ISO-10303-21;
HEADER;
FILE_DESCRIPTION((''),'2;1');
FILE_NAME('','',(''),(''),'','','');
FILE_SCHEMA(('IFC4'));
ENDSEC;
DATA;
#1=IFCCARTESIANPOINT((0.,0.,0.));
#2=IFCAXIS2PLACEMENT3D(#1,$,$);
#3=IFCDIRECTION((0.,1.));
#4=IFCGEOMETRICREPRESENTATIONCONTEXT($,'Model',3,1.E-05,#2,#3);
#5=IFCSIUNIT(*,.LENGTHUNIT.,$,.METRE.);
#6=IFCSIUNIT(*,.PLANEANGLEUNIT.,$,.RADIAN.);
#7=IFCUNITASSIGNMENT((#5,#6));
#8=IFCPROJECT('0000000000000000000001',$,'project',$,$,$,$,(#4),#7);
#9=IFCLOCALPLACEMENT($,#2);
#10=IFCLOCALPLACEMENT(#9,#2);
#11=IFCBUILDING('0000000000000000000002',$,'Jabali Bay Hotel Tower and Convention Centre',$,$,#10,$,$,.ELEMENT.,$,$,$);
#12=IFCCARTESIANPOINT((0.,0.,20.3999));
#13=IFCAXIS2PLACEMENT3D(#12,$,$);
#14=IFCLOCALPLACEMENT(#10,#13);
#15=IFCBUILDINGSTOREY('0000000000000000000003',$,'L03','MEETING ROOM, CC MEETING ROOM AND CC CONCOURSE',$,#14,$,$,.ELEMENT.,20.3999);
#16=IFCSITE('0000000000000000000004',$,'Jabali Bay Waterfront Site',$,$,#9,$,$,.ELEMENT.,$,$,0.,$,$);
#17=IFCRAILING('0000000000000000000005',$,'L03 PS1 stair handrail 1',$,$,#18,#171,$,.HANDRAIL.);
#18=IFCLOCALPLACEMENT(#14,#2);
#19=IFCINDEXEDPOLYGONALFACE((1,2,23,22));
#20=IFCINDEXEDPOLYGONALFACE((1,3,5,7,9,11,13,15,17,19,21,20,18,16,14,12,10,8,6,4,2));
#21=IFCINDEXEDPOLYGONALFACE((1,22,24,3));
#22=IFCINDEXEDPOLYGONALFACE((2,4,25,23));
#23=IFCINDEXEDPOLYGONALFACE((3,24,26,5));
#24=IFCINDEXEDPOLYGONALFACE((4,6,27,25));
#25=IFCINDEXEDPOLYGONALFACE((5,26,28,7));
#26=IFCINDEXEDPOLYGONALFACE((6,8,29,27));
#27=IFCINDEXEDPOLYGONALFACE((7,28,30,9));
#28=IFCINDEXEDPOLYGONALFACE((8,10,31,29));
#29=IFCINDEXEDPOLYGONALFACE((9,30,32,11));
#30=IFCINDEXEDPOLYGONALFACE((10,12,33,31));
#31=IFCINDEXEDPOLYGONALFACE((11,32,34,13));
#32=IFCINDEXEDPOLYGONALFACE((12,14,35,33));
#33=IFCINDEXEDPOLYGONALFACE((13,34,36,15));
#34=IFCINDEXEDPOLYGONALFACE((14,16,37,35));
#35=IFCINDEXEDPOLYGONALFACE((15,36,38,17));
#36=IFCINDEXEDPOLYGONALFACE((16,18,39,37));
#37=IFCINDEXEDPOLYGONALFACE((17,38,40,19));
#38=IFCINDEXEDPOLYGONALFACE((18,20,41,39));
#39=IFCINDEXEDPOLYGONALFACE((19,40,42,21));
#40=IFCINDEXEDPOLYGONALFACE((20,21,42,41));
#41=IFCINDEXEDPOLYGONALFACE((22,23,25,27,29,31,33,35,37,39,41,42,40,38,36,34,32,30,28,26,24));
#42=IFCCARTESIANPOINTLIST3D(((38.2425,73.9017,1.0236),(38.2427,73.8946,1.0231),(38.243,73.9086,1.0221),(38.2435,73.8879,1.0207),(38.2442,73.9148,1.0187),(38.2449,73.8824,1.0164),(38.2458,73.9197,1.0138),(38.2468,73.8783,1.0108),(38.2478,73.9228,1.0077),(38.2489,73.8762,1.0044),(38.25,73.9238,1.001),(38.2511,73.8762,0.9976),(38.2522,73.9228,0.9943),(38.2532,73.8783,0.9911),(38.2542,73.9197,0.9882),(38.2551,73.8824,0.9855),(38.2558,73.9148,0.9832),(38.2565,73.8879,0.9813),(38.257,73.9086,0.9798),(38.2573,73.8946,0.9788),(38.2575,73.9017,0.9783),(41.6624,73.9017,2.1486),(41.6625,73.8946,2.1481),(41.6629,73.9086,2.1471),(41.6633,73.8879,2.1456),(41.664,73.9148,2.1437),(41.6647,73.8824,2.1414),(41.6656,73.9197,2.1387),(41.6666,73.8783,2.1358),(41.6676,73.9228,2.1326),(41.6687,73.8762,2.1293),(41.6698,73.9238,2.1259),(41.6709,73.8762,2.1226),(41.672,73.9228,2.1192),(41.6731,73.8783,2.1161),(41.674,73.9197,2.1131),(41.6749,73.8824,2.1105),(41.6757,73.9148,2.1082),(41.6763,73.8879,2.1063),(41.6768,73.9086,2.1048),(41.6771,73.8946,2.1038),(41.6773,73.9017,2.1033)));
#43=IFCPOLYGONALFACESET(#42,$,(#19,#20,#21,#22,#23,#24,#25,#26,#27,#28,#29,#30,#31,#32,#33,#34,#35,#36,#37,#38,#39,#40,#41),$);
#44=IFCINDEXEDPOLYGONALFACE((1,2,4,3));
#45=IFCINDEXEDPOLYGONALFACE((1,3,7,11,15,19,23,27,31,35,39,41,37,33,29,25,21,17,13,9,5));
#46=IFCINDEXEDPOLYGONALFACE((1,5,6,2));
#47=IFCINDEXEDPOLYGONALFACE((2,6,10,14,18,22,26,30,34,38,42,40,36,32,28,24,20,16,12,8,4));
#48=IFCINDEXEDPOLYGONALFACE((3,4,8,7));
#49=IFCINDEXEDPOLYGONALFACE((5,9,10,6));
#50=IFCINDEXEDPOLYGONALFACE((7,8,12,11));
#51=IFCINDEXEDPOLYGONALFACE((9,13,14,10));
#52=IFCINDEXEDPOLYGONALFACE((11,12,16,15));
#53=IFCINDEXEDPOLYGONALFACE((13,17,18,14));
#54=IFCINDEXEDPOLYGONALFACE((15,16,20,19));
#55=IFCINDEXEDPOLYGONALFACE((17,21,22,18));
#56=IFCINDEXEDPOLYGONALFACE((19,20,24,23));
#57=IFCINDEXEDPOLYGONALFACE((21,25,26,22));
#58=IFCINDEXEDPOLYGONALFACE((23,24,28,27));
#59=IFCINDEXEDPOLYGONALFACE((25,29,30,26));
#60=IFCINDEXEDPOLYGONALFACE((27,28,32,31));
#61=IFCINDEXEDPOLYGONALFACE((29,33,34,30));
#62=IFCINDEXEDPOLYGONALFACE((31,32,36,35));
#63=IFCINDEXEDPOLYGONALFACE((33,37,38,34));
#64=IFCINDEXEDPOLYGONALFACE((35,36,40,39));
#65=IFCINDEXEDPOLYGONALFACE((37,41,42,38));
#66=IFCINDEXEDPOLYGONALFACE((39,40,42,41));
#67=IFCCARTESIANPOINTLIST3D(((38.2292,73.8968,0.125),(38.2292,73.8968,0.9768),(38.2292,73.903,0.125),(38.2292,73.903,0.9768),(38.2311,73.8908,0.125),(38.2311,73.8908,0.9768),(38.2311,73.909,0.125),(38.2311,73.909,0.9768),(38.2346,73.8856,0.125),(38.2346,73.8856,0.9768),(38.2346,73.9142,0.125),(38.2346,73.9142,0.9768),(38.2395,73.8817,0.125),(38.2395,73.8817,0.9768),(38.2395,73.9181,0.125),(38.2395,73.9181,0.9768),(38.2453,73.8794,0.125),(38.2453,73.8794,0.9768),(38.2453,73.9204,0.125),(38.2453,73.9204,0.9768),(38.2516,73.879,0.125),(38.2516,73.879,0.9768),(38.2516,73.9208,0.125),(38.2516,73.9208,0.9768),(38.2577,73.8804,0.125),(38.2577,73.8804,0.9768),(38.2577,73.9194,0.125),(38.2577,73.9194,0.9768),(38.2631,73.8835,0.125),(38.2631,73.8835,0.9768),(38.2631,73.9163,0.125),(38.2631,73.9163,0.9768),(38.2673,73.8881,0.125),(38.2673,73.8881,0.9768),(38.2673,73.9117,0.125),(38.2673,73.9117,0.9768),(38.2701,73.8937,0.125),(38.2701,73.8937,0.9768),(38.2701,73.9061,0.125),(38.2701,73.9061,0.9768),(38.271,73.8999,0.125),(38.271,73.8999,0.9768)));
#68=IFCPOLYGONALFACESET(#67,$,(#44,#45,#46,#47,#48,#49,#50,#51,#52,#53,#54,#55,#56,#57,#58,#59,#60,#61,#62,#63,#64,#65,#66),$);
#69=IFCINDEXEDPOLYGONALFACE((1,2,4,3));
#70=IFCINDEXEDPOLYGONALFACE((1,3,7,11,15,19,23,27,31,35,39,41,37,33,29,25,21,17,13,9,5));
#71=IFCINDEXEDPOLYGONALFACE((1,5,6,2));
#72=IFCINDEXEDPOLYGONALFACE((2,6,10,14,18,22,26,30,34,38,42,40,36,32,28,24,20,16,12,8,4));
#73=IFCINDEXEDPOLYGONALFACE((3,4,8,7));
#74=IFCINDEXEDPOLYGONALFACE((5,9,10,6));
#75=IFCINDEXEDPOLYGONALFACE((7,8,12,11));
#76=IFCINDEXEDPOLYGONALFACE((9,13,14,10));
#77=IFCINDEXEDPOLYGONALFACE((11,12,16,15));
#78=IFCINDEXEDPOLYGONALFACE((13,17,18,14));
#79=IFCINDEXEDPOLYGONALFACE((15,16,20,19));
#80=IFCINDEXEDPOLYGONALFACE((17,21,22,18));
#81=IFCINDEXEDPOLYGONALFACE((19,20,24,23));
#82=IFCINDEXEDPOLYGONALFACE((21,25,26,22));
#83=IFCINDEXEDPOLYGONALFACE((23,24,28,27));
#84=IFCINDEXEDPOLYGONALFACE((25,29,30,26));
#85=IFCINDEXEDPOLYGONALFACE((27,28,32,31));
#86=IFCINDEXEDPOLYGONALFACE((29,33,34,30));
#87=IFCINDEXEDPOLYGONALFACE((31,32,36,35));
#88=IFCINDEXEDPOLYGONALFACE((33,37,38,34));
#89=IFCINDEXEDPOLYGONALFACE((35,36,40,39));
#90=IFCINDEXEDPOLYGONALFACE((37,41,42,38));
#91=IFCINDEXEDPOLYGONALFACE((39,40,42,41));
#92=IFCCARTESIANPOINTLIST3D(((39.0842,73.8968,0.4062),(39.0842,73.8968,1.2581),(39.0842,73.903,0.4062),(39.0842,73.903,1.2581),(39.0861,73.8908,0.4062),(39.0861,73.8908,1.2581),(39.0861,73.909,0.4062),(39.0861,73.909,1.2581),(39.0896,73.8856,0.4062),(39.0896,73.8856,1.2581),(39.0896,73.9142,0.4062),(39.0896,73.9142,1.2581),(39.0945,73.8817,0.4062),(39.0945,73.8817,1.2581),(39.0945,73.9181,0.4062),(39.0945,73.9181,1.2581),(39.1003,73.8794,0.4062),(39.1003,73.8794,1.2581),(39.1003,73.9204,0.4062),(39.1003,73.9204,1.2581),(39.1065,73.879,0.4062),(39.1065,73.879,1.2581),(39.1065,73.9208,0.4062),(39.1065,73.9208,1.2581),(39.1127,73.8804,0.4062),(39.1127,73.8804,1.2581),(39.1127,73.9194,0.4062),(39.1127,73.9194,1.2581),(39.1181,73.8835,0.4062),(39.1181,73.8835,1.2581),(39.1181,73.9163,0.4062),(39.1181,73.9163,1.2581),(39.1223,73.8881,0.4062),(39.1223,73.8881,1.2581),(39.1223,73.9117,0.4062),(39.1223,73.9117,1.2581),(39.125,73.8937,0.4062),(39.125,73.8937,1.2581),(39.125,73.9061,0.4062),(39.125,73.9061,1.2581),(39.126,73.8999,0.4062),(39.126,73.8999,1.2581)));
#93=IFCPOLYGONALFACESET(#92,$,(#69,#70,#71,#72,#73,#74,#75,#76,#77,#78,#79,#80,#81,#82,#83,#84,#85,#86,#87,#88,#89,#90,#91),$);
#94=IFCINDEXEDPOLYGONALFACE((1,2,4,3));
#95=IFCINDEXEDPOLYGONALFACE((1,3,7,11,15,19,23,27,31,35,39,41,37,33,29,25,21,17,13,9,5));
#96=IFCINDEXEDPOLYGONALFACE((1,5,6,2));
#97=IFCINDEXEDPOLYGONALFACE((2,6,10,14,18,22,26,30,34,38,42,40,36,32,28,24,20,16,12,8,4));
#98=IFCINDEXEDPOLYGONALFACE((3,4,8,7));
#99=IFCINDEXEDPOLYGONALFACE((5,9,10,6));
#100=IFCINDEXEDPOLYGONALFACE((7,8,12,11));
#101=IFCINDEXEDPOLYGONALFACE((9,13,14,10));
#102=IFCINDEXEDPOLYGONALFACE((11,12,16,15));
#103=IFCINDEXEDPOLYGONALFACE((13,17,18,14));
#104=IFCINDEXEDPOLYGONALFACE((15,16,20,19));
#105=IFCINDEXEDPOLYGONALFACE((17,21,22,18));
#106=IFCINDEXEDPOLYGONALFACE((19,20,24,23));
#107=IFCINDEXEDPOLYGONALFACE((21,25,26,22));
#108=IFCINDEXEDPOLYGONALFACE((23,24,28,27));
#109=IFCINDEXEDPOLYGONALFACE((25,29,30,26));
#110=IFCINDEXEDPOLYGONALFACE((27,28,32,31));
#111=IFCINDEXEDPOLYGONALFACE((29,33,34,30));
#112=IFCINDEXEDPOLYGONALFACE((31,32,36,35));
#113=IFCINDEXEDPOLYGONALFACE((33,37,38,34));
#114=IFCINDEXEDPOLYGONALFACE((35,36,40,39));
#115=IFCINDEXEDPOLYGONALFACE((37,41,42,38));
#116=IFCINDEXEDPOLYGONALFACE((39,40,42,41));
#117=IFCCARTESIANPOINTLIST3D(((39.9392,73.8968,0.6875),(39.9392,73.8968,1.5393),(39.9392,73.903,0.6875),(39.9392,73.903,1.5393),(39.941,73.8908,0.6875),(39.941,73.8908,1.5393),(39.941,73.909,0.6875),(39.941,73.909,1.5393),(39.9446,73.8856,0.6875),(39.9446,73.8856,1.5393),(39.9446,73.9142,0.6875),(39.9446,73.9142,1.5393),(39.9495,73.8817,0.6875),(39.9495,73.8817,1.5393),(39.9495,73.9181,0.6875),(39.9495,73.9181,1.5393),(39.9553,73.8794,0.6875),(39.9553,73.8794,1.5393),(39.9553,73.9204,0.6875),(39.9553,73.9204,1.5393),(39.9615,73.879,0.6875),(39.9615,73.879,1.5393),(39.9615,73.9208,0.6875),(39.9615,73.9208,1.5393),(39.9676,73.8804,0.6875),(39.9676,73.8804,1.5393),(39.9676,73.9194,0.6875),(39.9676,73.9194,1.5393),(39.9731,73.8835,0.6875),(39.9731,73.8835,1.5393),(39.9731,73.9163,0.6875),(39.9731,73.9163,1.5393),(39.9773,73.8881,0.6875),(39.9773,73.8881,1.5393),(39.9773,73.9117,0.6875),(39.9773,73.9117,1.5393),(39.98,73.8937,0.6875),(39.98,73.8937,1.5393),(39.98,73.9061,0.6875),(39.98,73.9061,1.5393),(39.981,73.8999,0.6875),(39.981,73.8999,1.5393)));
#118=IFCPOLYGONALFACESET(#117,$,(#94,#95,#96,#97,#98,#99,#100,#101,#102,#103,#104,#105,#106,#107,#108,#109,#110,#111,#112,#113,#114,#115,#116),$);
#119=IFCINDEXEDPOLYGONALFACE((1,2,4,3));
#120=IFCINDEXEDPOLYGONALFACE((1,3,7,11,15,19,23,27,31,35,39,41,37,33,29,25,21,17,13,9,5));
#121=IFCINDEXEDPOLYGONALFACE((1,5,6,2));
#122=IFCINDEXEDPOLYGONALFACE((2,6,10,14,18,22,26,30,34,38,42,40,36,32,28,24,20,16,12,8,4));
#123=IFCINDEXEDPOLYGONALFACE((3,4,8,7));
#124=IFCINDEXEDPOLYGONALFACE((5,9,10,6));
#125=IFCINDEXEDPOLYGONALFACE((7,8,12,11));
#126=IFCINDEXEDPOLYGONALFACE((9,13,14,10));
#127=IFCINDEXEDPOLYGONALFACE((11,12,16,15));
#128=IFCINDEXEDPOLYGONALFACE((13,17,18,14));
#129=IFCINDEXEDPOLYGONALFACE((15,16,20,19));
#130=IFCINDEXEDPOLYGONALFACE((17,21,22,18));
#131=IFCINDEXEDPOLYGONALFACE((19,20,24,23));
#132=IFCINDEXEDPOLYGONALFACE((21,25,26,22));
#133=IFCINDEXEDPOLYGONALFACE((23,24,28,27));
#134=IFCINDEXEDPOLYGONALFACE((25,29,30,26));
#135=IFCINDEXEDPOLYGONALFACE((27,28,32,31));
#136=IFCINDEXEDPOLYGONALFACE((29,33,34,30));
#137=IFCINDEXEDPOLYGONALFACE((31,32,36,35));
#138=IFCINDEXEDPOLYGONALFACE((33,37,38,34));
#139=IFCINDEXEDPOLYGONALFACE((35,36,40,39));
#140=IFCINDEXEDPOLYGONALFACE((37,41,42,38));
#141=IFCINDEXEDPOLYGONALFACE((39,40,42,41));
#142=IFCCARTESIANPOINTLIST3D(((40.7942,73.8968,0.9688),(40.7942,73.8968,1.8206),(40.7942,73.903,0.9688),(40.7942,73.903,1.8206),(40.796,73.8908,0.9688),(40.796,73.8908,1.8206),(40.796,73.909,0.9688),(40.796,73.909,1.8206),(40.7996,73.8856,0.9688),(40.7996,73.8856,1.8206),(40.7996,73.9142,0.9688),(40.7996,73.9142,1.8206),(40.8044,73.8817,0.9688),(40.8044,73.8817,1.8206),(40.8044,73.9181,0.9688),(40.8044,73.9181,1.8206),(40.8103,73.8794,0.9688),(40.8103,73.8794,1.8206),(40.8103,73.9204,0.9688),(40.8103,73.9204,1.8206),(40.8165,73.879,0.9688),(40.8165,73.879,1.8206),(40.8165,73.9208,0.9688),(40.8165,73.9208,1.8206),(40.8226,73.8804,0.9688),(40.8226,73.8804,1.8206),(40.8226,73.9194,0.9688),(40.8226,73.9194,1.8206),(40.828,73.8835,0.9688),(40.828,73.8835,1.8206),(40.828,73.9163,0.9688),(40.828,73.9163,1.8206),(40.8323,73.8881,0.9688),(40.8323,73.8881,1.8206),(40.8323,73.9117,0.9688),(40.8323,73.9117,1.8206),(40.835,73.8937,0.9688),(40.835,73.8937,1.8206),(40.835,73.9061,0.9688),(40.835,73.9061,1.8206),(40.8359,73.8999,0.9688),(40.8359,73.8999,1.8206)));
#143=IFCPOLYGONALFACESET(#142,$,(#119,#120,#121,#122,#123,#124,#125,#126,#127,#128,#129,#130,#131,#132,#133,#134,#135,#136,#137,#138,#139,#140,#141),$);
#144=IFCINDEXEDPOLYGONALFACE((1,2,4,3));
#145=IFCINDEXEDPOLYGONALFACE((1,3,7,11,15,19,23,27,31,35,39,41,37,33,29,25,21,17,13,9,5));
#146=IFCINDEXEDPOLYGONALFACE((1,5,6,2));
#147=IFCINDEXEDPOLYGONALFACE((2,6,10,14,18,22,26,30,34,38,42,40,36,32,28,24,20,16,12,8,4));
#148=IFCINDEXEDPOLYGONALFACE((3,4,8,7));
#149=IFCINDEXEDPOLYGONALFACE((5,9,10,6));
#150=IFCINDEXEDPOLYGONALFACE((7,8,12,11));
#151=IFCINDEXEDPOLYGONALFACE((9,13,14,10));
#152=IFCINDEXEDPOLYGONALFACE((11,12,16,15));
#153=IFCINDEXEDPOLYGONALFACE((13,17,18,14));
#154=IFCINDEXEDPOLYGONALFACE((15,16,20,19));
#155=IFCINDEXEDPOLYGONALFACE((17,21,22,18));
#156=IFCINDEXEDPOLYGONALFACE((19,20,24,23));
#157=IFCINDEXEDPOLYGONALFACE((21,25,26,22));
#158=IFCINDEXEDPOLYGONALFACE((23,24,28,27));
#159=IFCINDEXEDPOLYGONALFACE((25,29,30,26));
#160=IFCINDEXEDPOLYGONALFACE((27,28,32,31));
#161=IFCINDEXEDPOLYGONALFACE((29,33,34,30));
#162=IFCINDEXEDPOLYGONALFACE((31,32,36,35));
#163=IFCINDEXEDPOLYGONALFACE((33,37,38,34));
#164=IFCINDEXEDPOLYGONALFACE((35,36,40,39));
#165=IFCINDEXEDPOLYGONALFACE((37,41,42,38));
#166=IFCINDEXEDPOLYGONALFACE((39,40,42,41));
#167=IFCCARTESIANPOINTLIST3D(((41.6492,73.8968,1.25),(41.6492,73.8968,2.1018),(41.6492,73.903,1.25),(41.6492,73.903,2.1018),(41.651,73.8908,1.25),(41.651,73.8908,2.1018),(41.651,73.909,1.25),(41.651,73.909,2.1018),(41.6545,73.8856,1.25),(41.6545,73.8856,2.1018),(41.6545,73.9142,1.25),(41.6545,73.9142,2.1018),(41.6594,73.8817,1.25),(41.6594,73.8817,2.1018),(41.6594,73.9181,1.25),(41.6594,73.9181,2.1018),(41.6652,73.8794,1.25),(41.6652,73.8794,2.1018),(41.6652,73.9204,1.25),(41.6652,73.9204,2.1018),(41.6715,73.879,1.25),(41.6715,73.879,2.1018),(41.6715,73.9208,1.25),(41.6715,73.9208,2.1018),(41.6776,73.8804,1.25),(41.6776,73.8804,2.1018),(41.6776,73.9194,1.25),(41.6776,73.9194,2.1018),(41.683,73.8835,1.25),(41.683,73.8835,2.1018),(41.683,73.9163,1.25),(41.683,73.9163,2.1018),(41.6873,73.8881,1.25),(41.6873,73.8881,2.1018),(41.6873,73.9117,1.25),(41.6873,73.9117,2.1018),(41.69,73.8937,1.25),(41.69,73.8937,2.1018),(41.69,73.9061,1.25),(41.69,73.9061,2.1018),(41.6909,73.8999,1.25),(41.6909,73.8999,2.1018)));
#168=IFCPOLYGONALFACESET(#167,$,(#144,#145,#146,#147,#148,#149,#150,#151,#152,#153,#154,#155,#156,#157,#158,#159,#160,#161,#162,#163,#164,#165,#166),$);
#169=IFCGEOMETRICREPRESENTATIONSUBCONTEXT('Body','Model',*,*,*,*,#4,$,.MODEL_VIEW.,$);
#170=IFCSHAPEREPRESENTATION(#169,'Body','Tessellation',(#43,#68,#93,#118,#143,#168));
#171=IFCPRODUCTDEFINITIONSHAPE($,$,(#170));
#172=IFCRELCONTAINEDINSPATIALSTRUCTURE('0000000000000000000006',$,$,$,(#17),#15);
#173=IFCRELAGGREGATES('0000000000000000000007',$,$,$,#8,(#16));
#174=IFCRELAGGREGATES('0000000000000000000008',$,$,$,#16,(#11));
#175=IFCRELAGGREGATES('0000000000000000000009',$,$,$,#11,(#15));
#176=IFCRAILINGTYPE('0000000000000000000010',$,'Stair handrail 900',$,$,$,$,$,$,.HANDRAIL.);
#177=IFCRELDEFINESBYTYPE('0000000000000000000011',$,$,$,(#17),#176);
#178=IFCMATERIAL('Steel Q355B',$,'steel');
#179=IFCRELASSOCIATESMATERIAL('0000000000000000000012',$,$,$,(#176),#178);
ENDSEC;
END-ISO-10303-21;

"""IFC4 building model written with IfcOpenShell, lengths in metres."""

from ifc_helpers import new_model, si_unit, direction, frame, origin, origin_2d, place, context, subcontext, project, spatial, circle, extrude, material, type_object, element, save


model = new_model("IFC4")

# Units and contexts
model_context = context("Model", 3, precision=1e-05, world=origin(), true_north=direction((0.0, 1.0)))
body_context = subcontext(model_context, "Body", "Model", "MODEL_VIEW")
ifc_project = project(units=[si_unit("LENGTHUNIT", "METRE"), si_unit("PLANEANGLEUNIT", "RADIAN")], contexts=[model_context])

# Site, building, storey
site_placement = place(None, origin())
site = spatial("IfcSite", under=ifc_project, at=site_placement, Name="Jabali Bay Waterfront Site", CompositionType="ELEMENT", RefElevation=0.0)
building_placement = place(site_placement, origin())
building = spatial("IfcBuilding", under=site, at=building_placement, Name="Jabali Bay Hotel Tower and Convention Centre", CompositionType="ELEMENT")
storey_placement = place(building_placement, frame((0.0, 0.0, 20.3999)))
storey = spatial("IfcBuildingStorey", under=building, at=storey_placement, Name="L03", Description="MEETING ROOM, CC MEETING ROOM AND CC CONCOURSE", CompositionType="ELEMENT", Elevation=20.3999)

# Railing
ifc_material_1 = material(Name="Steel Q355B", Category="steel")
railing_type_1 = type_object("IfcRailingType", Name="Stair handrail 900", PredefinedType="HANDRAIL", material=ifc_material_1)
railing_1_placement = place(storey_placement, frame((38.25, 73.8999, 0.125)))
element("IfcRailing", 1, at=railing_1_placement, inside=storey, type_object=railing_type_1, Name="L03 PS1 stair handrail 1", PredefinedType="HANDRAIL", context=body_context, shape_type="SweptSolid", body=[
    extrude(circle(Radius=0.0239, at=origin_2d()), frame((0.0, 0.0, 0.876), z_axis=(0.949924, 0.0, 0.312482), x_axis=(0.0, 1.0, 0.0)), (0.0, 0.0, 1.0), 3.6001),
    extrude(circle(Radius=0.021, at=origin_2d()), origin(), (0.0, 0.0, 1.0), 0.8518),
    extrude(circle(Radius=0.021, at=origin_2d()), frame((0.855, 0.0, 0.2812)), (0.0, 0.0, 1.0), 0.8518),
    extrude(circle(Radius=0.021, at=origin_2d()), frame((1.71, 0.0, 0.5625)), (0.0, 0.0, 1.0), 0.8518),
    extrude(circle(Radius=0.021, at=origin_2d()), frame((2.5649, 0.0, 0.8438)), (0.0, 0.0, 1.0), 0.8518),
    extrude(circle(Radius=0.021, at=origin_2d()), frame((3.4199, 0.0, 1.125)), (0.0, 0.0, 1.0), 0.8518),
])

save(model, "model.ifc")
